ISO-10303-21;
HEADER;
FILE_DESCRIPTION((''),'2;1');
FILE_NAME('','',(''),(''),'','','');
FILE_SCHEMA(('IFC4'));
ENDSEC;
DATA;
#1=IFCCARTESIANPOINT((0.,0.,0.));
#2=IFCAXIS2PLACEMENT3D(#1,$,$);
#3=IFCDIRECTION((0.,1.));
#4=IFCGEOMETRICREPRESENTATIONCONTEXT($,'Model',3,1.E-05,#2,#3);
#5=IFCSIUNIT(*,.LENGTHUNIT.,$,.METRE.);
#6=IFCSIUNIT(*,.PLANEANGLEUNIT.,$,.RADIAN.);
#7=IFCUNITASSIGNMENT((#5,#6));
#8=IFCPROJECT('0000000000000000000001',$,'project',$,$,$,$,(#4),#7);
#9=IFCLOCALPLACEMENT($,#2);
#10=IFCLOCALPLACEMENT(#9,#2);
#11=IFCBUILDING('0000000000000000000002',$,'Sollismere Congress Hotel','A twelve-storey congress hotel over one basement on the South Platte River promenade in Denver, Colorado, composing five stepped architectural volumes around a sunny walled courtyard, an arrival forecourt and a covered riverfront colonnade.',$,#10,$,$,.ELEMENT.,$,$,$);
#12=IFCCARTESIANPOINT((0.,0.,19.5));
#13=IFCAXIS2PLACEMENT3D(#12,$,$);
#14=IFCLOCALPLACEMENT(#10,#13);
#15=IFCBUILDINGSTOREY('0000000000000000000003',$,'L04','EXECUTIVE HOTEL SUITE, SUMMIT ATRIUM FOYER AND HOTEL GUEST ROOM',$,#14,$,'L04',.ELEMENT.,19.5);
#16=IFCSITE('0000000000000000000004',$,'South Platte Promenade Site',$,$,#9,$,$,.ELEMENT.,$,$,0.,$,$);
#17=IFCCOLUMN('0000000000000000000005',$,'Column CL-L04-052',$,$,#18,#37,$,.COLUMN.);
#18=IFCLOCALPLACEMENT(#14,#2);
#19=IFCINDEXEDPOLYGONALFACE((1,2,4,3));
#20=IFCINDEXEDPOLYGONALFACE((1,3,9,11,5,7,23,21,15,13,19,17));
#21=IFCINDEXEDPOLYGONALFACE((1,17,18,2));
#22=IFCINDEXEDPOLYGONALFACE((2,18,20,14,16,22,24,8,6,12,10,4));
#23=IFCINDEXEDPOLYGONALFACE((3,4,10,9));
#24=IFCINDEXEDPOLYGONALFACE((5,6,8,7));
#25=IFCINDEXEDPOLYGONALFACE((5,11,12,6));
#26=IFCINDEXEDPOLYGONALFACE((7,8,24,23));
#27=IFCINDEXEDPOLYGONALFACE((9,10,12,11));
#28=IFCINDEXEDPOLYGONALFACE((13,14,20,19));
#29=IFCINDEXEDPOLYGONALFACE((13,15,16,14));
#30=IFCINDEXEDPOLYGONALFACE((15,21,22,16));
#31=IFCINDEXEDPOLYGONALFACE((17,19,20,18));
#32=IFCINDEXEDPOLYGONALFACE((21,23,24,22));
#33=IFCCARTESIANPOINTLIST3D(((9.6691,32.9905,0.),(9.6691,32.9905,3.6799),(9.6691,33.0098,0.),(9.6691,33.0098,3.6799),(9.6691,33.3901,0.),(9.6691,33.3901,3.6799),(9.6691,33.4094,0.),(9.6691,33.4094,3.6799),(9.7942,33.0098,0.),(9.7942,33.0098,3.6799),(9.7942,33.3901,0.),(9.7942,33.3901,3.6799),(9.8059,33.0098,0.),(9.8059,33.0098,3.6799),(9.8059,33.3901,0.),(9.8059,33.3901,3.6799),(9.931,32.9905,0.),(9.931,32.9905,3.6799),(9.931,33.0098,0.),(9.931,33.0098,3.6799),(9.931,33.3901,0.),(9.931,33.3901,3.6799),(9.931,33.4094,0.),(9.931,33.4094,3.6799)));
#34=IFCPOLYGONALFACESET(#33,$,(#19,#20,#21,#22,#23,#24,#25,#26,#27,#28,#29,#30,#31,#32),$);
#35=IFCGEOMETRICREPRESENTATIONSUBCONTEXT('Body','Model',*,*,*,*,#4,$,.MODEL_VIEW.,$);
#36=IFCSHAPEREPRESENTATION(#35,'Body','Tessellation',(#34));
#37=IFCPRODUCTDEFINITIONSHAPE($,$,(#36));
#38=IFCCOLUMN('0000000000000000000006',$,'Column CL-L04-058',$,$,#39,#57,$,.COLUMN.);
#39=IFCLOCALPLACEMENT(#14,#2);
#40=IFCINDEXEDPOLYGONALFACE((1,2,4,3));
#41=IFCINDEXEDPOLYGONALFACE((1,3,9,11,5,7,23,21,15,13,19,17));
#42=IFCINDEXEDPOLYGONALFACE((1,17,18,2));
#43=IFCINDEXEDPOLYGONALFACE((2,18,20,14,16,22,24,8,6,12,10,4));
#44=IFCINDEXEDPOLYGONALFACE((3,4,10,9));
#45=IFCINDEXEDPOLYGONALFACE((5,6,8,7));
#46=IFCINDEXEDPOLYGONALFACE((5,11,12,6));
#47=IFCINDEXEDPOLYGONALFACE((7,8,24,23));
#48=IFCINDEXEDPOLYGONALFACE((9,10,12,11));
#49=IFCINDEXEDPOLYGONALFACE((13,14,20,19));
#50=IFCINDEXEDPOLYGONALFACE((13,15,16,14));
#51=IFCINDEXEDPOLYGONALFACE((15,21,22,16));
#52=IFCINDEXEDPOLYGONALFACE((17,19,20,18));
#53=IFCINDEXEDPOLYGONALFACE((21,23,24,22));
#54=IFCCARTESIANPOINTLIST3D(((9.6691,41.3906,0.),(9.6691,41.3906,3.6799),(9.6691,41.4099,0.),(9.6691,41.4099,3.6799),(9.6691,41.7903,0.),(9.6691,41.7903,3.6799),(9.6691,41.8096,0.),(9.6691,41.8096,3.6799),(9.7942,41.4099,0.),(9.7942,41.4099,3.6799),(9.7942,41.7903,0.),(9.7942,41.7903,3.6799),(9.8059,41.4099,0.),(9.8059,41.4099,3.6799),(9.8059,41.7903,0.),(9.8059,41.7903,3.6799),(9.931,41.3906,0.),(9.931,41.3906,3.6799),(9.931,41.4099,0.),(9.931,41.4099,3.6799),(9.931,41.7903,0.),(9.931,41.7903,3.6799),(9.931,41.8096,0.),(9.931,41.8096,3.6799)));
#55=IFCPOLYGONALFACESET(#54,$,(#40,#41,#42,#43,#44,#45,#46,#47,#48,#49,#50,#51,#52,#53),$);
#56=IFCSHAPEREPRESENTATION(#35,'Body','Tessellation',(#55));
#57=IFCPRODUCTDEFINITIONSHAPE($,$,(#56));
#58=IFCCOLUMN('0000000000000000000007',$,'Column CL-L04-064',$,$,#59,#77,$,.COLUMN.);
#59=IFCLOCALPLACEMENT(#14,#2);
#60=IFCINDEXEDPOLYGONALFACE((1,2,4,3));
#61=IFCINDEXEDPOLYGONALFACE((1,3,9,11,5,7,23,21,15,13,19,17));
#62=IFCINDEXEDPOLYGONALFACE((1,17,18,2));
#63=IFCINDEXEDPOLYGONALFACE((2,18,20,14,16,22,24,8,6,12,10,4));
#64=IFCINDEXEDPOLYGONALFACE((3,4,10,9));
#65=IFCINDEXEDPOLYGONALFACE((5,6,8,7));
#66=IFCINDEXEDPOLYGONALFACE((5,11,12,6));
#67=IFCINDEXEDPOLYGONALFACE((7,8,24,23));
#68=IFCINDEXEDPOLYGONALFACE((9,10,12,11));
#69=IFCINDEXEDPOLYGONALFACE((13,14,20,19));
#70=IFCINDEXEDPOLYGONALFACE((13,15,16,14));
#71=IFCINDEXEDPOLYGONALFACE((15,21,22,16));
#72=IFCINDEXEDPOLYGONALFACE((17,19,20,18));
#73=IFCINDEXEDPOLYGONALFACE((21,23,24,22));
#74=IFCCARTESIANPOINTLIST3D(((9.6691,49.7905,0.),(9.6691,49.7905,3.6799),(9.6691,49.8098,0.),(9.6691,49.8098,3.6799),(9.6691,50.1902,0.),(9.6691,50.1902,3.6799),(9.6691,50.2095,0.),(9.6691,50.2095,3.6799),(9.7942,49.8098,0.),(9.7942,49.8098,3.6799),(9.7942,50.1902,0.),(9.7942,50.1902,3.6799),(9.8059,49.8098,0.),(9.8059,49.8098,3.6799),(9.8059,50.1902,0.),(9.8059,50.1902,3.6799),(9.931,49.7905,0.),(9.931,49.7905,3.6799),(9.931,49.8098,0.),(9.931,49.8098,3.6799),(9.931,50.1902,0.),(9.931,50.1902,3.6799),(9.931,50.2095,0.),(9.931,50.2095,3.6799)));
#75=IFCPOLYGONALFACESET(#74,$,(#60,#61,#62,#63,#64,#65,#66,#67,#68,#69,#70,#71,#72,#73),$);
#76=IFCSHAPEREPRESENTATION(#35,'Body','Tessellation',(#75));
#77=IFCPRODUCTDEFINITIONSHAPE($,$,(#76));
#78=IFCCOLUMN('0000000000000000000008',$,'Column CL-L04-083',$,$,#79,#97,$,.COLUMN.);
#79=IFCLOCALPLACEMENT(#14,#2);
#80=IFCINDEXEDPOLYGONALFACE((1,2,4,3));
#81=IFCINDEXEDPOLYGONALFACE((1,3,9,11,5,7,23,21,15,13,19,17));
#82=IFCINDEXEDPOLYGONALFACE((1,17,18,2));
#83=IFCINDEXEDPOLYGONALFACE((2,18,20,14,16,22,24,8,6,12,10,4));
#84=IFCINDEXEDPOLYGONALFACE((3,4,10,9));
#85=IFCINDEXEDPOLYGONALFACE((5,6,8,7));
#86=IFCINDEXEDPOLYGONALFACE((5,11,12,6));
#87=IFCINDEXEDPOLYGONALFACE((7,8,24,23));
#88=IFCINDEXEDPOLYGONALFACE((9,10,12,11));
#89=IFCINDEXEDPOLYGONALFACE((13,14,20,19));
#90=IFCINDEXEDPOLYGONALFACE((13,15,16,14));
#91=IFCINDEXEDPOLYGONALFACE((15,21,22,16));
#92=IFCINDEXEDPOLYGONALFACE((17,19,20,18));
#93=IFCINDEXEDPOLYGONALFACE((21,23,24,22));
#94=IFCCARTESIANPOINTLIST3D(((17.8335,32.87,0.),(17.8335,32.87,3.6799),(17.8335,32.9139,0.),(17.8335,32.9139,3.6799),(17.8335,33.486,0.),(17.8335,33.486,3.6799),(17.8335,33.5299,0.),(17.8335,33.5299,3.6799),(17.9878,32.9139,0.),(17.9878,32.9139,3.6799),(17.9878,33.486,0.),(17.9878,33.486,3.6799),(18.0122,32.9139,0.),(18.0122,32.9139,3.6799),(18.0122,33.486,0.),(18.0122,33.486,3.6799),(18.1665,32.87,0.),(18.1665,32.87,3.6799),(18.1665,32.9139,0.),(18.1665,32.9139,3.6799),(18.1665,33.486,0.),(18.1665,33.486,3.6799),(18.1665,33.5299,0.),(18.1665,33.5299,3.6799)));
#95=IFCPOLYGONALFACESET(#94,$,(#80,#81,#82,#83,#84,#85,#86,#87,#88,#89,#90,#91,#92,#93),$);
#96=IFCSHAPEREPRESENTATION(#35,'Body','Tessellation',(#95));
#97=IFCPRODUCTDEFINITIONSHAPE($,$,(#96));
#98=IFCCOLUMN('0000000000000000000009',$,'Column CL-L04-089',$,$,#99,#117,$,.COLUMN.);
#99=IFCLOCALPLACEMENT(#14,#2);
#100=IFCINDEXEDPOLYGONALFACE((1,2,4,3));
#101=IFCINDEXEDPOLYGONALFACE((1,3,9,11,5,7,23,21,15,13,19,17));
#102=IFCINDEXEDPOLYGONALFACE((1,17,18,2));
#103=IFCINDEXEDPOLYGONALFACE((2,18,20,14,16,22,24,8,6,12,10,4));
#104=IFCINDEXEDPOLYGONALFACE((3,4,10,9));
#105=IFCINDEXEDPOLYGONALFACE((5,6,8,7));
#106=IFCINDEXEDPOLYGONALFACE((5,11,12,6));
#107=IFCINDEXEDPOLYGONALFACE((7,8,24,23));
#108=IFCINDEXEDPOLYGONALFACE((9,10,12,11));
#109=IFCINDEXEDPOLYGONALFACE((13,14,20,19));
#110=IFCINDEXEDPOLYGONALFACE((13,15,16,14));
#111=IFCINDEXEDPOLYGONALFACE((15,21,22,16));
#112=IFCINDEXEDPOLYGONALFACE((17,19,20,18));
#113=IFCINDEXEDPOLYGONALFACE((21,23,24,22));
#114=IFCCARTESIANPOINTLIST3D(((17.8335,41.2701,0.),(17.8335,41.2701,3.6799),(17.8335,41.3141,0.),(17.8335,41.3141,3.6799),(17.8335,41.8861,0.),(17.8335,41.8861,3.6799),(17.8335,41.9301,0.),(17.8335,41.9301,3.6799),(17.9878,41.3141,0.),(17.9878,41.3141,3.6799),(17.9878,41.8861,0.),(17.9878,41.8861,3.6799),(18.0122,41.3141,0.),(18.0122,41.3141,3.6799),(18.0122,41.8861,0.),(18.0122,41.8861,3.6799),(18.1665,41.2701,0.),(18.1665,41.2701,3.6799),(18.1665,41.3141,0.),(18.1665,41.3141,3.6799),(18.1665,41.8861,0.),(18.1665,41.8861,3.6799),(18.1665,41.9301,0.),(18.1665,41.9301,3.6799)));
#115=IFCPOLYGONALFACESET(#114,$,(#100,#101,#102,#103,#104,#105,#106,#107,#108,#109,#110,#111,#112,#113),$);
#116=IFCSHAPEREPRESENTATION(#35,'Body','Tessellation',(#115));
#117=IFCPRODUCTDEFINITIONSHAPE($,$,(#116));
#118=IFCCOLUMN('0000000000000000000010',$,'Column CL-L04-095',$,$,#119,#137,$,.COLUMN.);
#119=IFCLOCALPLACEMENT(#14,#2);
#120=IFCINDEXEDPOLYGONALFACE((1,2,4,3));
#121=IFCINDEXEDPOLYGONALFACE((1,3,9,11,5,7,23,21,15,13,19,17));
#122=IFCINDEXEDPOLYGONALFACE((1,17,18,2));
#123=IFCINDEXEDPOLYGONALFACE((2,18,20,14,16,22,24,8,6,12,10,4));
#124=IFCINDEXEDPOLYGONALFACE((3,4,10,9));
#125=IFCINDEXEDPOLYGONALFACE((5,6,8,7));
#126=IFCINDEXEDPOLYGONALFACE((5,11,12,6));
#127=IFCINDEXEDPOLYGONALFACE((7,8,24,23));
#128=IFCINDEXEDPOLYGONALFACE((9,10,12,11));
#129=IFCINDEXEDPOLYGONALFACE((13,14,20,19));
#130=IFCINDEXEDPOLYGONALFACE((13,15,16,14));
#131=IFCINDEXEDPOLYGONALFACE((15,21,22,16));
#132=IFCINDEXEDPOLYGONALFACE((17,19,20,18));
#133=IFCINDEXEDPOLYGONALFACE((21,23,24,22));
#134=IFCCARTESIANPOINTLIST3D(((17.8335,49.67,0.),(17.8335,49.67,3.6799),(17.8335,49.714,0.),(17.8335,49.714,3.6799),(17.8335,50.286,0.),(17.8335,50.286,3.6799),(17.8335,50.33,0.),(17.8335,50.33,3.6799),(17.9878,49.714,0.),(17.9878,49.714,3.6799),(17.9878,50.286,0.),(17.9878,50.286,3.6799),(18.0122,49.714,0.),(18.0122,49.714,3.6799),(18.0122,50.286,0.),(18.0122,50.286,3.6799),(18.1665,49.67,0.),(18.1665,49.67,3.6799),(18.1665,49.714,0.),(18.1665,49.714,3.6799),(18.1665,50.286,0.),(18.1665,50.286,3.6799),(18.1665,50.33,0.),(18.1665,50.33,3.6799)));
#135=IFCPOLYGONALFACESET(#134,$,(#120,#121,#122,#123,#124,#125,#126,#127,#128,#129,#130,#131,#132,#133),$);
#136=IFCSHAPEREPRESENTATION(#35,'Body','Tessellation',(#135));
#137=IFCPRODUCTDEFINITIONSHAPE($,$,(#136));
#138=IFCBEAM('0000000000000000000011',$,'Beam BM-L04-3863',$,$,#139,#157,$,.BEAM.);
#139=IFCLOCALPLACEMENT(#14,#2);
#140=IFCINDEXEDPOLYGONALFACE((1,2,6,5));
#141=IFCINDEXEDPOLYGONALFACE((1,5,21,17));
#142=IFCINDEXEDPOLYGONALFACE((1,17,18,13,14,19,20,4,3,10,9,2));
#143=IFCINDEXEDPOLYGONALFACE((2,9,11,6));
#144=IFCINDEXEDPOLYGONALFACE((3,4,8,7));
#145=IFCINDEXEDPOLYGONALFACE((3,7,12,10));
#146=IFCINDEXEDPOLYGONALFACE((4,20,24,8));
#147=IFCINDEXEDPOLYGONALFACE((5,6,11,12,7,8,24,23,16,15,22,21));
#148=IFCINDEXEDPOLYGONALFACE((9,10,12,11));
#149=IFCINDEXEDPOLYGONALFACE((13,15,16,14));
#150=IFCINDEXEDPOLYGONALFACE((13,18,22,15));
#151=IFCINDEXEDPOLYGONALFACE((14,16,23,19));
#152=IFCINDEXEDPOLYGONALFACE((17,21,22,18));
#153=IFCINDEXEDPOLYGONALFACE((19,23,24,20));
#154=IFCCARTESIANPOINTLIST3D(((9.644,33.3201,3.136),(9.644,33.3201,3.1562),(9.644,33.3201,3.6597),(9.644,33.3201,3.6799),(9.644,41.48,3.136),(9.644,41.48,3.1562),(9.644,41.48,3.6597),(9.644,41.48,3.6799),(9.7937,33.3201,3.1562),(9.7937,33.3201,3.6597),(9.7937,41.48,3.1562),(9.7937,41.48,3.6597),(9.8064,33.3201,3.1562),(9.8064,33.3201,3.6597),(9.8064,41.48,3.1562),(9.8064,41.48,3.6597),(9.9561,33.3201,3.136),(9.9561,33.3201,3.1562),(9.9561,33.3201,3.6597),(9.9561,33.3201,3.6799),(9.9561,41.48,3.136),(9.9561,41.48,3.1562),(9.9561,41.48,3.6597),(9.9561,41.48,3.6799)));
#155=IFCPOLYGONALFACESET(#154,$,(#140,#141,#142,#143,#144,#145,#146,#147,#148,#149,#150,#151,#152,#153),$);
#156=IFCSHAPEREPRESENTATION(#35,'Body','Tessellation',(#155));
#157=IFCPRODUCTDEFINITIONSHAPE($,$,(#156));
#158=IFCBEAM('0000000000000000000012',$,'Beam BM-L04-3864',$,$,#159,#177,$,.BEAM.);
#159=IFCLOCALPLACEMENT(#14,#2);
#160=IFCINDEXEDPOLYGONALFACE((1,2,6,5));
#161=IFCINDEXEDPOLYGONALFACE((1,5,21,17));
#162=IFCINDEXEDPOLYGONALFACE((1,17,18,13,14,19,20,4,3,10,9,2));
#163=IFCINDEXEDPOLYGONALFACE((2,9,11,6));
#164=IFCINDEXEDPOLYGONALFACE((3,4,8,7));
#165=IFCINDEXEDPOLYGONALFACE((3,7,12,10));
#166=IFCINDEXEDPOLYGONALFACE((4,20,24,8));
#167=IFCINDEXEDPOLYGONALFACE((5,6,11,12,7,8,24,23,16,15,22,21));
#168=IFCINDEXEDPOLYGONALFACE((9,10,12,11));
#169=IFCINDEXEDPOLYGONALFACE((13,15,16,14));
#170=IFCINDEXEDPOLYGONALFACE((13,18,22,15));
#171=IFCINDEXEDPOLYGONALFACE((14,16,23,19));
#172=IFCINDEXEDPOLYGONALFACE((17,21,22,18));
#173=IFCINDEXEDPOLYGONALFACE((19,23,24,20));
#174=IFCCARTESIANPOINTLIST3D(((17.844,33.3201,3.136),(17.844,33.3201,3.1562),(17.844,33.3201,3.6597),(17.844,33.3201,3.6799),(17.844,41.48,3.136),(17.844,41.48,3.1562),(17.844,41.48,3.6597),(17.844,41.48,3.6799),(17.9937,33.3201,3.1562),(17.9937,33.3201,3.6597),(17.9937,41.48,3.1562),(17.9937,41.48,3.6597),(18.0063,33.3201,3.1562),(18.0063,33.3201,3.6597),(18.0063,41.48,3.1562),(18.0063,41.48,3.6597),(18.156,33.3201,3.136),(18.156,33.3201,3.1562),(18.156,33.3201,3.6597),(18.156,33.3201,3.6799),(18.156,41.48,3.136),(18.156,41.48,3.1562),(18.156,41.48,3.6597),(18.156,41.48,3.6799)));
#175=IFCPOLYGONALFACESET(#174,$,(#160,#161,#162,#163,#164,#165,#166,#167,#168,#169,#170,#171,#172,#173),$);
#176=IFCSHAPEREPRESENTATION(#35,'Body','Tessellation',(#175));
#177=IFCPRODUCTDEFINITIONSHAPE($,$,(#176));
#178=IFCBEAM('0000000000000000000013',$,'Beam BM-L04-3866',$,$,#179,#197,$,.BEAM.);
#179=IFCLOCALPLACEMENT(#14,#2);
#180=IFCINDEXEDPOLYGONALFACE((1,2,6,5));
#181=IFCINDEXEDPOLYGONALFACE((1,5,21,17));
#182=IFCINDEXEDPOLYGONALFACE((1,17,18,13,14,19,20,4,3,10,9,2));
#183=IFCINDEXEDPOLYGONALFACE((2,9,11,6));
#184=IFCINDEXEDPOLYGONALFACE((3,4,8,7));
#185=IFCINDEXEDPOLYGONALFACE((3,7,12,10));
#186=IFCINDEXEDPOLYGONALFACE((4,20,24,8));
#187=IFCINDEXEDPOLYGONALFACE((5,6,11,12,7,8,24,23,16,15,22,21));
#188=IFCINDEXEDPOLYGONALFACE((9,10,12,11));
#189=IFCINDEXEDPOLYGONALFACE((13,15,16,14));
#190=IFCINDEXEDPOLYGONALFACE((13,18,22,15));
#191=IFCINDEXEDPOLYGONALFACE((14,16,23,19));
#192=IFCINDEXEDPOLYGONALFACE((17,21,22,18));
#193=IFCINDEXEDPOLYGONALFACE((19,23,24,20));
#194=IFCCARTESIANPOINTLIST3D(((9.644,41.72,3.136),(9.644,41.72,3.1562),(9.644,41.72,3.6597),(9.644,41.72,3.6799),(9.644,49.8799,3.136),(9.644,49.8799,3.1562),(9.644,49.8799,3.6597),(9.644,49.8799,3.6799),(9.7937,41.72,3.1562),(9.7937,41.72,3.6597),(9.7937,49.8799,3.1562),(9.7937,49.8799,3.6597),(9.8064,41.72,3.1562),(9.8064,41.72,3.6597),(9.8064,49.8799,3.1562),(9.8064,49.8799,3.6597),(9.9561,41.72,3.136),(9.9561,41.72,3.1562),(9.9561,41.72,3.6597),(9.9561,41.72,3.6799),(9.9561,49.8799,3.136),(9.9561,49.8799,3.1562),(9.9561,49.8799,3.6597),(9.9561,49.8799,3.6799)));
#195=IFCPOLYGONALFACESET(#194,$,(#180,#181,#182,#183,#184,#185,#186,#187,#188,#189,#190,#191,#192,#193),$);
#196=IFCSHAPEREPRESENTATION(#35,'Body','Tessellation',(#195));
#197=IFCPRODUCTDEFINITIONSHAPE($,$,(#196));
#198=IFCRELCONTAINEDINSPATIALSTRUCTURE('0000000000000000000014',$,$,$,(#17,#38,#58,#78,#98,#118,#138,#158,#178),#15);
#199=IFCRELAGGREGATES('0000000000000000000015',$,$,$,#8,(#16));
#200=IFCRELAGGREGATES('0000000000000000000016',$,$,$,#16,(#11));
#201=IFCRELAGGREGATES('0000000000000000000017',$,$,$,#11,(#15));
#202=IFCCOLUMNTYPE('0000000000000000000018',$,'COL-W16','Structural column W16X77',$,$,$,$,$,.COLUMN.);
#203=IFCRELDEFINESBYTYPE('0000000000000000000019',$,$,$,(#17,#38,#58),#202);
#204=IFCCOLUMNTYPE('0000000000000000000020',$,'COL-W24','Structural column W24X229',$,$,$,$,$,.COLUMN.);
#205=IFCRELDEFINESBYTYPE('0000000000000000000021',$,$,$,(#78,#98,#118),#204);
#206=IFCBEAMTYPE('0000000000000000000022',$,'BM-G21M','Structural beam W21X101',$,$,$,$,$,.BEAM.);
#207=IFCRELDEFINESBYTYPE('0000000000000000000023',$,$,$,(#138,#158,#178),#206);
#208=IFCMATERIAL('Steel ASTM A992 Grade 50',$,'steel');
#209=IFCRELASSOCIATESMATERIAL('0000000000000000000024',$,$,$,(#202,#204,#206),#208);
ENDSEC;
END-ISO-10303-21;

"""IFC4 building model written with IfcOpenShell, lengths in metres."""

from ifc_helpers import new_model, si_unit, direction, frame, origin, origin_2d, place, context, subcontext, project, spatial, i_section, extrude, material, material_profile, profile_set, type_object, element, save


model = new_model("IFC4")

# Units and contexts
model_context = context("Model", 3, precision=1e-05, world=origin(), true_north=direction((0.0, 1.0)))
body_context = subcontext(model_context, "Body", "Model", "MODEL_VIEW")
ifc_project = project(units=[si_unit("LENGTHUNIT", "METRE"), si_unit("PLANEANGLEUNIT", "RADIAN")], contexts=[model_context])

# Site, building, storey
site_placement = place(None, origin())
site = spatial("IfcSite", under=ifc_project, at=site_placement, Name="South Platte Promenade Site", CompositionType="ELEMENT", RefElevation=0.0)
building_placement = place(site_placement, origin())
building = spatial("IfcBuilding", under=site, at=building_placement, Name="Sollismere Congress Hotel", Description="A twelve-storey congress hotel over one basement on the South Platte River promenade in Denver, Colorado, composing five stepped architectural volumes around a sunny walled courtyard, an arrival forecourt and a covered riverfront colonnade.", CompositionType="ELEMENT")
storey_placement = place(building_placement, frame((0.0, 0.0, 19.5)))
storey = spatial("IfcBuildingStorey", under=building, at=storey_placement, Name="L04", Description="EXECUTIVE HOTEL SUITE, SUMMIT ATRIUM FOYER AND HOTEL GUEST ROOM", LongName="L04", CompositionType="ELEMENT", Elevation=19.5)

# Columns
ifc_material_1 = material(Name="Steel ASTM A992 Grade 50", Category="steel")
ifc_material_profile_1 = material_profile(ifc_material_1, i_section(OverallWidth=0.262, OverallDepth=0.4189, WebThickness=0.0117, FlangeThickness=0.0193, at=origin_2d()), Name="W16X77")
ifc_profile_set_1 = profile_set([ifc_material_profile_1], Name="Steel ASTM A992 Grade 50")
column_type_1 = type_object("IfcColumnType", Name="COL-W16", Description="Structural column W16X77", PredefinedType="COLUMN", material=ifc_profile_set_1)
for number, where, z_axis, x_axis, name in (
    (1, (9.8, 33.2, 0.0), (0.0, 0.0, 1.0), (1.0, 0.0, 0.0), "Column CL-L04-052"),
    (2, (9.8, 41.6001, 0.0), (0.0, 0.0, 1.0), (1.0, 0.0, 0.0), "Column CL-L04-058"),
    (3, (9.8, 50.0, 0.0), (0.0, 0.0, 1.0), (1.0, 0.0, 0.0), "Column CL-L04-064"),
):
    element("IfcColumn", number, at=place(storey_placement, frame(where, z_axis=z_axis, x_axis=x_axis)), inside=storey, type_object=column_type_1, Name=name, PredefinedType="COLUMN", context=body_context, shape_type="SweptSolid", body=[
        extrude(i_section(OverallWidth=0.262, OverallDepth=0.4189, WebThickness=0.0117, FlangeThickness=0.0193, at=origin_2d()), origin(), (0.0, 0.0, 1.0), 3.6799),
    ])
ifc_material_profile_2 = material_profile(ifc_material_1, i_section(OverallWidth=0.333, OverallDepth=0.6599, WebThickness=0.0244, FlangeThickness=0.0439, at=origin_2d()), Name="W24X229")
ifc_profile_set_2 = profile_set([ifc_material_profile_2], Name="Steel ASTM A992 Grade 50")
column_type_2 = type_object("IfcColumnType", Name="COL-W24", Description="Structural column W24X229", PredefinedType="COLUMN", material=ifc_profile_set_2)
for number, where, z_axis, x_axis, name in (
    (4, (18.0, 33.2, 0.0), (0.0, 0.0, 1.0), (1.0, 0.0, 0.0), "Column CL-L04-083"),
    (5, (18.0, 41.6001, 0.0), (0.0, 0.0, 1.0), (1.0, 0.0, 0.0), "Column CL-L04-089"),
    (6, (18.0, 50.0, 0.0), (0.0, 0.0, 1.0), (1.0, 0.0, 0.0), "Column CL-L04-095"),
):
    element("IfcColumn", number, at=place(storey_placement, frame(where, z_axis=z_axis, x_axis=x_axis)), inside=storey, type_object=column_type_2, Name=name, PredefinedType="COLUMN", context=body_context, shape_type="SweptSolid", body=[
        extrude(i_section(OverallWidth=0.333, OverallDepth=0.6599, WebThickness=0.0244, FlangeThickness=0.0439, at=origin_2d()), origin(), (0.0, 0.0, 1.0), 3.6799),
    ])

# Beams
ifc_material_profile_3 = material_profile(ifc_material_1, i_section(OverallWidth=0.312, OverallDepth=0.5439, WebThickness=0.0127, FlangeThickness=0.0203, at=origin_2d()), Name="W21X101")
ifc_profile_set_3 = profile_set([ifc_material_profile_3], Name="Steel ASTM A992 Grade 50")
beam_type_1 = type_object("IfcBeamType", Name="BM-G21M", Description="Structural beam W21X101", PredefinedType="BEAM", material=ifc_profile_set_3)
for number, where, z_axis, x_axis, name in (
    (7, (9.8, 33.3201, 3.408), (0.0, 1.0, 0.0), (-1.0, 0.0, 0.0), "Beam BM-L04-3863"),
    (8, (18.0, 33.3201, 3.408), (0.0, 1.0, 0.0), (-1.0, 0.0, 0.0), "Beam BM-L04-3864"),
    (9, (9.8, 41.72, 3.408), (0.0, 1.0, 0.0), (-1.0, 0.0, 0.0), "Beam BM-L04-3866"),
):
    element("IfcBeam", number, at=place(storey_placement, frame(where, z_axis=z_axis, x_axis=x_axis)), inside=storey, type_object=beam_type_1, Name=name, PredefinedType="BEAM", context=body_context, shape_type="SweptSolid", body=[
        extrude(i_section(OverallWidth=0.312, OverallDepth=0.5439, WebThickness=0.0127, FlangeThickness=0.0203, at=origin_2d()), origin(), (0.0, 0.0, 1.0), 8.1599),
    ])

save(model, "model.ifc")
